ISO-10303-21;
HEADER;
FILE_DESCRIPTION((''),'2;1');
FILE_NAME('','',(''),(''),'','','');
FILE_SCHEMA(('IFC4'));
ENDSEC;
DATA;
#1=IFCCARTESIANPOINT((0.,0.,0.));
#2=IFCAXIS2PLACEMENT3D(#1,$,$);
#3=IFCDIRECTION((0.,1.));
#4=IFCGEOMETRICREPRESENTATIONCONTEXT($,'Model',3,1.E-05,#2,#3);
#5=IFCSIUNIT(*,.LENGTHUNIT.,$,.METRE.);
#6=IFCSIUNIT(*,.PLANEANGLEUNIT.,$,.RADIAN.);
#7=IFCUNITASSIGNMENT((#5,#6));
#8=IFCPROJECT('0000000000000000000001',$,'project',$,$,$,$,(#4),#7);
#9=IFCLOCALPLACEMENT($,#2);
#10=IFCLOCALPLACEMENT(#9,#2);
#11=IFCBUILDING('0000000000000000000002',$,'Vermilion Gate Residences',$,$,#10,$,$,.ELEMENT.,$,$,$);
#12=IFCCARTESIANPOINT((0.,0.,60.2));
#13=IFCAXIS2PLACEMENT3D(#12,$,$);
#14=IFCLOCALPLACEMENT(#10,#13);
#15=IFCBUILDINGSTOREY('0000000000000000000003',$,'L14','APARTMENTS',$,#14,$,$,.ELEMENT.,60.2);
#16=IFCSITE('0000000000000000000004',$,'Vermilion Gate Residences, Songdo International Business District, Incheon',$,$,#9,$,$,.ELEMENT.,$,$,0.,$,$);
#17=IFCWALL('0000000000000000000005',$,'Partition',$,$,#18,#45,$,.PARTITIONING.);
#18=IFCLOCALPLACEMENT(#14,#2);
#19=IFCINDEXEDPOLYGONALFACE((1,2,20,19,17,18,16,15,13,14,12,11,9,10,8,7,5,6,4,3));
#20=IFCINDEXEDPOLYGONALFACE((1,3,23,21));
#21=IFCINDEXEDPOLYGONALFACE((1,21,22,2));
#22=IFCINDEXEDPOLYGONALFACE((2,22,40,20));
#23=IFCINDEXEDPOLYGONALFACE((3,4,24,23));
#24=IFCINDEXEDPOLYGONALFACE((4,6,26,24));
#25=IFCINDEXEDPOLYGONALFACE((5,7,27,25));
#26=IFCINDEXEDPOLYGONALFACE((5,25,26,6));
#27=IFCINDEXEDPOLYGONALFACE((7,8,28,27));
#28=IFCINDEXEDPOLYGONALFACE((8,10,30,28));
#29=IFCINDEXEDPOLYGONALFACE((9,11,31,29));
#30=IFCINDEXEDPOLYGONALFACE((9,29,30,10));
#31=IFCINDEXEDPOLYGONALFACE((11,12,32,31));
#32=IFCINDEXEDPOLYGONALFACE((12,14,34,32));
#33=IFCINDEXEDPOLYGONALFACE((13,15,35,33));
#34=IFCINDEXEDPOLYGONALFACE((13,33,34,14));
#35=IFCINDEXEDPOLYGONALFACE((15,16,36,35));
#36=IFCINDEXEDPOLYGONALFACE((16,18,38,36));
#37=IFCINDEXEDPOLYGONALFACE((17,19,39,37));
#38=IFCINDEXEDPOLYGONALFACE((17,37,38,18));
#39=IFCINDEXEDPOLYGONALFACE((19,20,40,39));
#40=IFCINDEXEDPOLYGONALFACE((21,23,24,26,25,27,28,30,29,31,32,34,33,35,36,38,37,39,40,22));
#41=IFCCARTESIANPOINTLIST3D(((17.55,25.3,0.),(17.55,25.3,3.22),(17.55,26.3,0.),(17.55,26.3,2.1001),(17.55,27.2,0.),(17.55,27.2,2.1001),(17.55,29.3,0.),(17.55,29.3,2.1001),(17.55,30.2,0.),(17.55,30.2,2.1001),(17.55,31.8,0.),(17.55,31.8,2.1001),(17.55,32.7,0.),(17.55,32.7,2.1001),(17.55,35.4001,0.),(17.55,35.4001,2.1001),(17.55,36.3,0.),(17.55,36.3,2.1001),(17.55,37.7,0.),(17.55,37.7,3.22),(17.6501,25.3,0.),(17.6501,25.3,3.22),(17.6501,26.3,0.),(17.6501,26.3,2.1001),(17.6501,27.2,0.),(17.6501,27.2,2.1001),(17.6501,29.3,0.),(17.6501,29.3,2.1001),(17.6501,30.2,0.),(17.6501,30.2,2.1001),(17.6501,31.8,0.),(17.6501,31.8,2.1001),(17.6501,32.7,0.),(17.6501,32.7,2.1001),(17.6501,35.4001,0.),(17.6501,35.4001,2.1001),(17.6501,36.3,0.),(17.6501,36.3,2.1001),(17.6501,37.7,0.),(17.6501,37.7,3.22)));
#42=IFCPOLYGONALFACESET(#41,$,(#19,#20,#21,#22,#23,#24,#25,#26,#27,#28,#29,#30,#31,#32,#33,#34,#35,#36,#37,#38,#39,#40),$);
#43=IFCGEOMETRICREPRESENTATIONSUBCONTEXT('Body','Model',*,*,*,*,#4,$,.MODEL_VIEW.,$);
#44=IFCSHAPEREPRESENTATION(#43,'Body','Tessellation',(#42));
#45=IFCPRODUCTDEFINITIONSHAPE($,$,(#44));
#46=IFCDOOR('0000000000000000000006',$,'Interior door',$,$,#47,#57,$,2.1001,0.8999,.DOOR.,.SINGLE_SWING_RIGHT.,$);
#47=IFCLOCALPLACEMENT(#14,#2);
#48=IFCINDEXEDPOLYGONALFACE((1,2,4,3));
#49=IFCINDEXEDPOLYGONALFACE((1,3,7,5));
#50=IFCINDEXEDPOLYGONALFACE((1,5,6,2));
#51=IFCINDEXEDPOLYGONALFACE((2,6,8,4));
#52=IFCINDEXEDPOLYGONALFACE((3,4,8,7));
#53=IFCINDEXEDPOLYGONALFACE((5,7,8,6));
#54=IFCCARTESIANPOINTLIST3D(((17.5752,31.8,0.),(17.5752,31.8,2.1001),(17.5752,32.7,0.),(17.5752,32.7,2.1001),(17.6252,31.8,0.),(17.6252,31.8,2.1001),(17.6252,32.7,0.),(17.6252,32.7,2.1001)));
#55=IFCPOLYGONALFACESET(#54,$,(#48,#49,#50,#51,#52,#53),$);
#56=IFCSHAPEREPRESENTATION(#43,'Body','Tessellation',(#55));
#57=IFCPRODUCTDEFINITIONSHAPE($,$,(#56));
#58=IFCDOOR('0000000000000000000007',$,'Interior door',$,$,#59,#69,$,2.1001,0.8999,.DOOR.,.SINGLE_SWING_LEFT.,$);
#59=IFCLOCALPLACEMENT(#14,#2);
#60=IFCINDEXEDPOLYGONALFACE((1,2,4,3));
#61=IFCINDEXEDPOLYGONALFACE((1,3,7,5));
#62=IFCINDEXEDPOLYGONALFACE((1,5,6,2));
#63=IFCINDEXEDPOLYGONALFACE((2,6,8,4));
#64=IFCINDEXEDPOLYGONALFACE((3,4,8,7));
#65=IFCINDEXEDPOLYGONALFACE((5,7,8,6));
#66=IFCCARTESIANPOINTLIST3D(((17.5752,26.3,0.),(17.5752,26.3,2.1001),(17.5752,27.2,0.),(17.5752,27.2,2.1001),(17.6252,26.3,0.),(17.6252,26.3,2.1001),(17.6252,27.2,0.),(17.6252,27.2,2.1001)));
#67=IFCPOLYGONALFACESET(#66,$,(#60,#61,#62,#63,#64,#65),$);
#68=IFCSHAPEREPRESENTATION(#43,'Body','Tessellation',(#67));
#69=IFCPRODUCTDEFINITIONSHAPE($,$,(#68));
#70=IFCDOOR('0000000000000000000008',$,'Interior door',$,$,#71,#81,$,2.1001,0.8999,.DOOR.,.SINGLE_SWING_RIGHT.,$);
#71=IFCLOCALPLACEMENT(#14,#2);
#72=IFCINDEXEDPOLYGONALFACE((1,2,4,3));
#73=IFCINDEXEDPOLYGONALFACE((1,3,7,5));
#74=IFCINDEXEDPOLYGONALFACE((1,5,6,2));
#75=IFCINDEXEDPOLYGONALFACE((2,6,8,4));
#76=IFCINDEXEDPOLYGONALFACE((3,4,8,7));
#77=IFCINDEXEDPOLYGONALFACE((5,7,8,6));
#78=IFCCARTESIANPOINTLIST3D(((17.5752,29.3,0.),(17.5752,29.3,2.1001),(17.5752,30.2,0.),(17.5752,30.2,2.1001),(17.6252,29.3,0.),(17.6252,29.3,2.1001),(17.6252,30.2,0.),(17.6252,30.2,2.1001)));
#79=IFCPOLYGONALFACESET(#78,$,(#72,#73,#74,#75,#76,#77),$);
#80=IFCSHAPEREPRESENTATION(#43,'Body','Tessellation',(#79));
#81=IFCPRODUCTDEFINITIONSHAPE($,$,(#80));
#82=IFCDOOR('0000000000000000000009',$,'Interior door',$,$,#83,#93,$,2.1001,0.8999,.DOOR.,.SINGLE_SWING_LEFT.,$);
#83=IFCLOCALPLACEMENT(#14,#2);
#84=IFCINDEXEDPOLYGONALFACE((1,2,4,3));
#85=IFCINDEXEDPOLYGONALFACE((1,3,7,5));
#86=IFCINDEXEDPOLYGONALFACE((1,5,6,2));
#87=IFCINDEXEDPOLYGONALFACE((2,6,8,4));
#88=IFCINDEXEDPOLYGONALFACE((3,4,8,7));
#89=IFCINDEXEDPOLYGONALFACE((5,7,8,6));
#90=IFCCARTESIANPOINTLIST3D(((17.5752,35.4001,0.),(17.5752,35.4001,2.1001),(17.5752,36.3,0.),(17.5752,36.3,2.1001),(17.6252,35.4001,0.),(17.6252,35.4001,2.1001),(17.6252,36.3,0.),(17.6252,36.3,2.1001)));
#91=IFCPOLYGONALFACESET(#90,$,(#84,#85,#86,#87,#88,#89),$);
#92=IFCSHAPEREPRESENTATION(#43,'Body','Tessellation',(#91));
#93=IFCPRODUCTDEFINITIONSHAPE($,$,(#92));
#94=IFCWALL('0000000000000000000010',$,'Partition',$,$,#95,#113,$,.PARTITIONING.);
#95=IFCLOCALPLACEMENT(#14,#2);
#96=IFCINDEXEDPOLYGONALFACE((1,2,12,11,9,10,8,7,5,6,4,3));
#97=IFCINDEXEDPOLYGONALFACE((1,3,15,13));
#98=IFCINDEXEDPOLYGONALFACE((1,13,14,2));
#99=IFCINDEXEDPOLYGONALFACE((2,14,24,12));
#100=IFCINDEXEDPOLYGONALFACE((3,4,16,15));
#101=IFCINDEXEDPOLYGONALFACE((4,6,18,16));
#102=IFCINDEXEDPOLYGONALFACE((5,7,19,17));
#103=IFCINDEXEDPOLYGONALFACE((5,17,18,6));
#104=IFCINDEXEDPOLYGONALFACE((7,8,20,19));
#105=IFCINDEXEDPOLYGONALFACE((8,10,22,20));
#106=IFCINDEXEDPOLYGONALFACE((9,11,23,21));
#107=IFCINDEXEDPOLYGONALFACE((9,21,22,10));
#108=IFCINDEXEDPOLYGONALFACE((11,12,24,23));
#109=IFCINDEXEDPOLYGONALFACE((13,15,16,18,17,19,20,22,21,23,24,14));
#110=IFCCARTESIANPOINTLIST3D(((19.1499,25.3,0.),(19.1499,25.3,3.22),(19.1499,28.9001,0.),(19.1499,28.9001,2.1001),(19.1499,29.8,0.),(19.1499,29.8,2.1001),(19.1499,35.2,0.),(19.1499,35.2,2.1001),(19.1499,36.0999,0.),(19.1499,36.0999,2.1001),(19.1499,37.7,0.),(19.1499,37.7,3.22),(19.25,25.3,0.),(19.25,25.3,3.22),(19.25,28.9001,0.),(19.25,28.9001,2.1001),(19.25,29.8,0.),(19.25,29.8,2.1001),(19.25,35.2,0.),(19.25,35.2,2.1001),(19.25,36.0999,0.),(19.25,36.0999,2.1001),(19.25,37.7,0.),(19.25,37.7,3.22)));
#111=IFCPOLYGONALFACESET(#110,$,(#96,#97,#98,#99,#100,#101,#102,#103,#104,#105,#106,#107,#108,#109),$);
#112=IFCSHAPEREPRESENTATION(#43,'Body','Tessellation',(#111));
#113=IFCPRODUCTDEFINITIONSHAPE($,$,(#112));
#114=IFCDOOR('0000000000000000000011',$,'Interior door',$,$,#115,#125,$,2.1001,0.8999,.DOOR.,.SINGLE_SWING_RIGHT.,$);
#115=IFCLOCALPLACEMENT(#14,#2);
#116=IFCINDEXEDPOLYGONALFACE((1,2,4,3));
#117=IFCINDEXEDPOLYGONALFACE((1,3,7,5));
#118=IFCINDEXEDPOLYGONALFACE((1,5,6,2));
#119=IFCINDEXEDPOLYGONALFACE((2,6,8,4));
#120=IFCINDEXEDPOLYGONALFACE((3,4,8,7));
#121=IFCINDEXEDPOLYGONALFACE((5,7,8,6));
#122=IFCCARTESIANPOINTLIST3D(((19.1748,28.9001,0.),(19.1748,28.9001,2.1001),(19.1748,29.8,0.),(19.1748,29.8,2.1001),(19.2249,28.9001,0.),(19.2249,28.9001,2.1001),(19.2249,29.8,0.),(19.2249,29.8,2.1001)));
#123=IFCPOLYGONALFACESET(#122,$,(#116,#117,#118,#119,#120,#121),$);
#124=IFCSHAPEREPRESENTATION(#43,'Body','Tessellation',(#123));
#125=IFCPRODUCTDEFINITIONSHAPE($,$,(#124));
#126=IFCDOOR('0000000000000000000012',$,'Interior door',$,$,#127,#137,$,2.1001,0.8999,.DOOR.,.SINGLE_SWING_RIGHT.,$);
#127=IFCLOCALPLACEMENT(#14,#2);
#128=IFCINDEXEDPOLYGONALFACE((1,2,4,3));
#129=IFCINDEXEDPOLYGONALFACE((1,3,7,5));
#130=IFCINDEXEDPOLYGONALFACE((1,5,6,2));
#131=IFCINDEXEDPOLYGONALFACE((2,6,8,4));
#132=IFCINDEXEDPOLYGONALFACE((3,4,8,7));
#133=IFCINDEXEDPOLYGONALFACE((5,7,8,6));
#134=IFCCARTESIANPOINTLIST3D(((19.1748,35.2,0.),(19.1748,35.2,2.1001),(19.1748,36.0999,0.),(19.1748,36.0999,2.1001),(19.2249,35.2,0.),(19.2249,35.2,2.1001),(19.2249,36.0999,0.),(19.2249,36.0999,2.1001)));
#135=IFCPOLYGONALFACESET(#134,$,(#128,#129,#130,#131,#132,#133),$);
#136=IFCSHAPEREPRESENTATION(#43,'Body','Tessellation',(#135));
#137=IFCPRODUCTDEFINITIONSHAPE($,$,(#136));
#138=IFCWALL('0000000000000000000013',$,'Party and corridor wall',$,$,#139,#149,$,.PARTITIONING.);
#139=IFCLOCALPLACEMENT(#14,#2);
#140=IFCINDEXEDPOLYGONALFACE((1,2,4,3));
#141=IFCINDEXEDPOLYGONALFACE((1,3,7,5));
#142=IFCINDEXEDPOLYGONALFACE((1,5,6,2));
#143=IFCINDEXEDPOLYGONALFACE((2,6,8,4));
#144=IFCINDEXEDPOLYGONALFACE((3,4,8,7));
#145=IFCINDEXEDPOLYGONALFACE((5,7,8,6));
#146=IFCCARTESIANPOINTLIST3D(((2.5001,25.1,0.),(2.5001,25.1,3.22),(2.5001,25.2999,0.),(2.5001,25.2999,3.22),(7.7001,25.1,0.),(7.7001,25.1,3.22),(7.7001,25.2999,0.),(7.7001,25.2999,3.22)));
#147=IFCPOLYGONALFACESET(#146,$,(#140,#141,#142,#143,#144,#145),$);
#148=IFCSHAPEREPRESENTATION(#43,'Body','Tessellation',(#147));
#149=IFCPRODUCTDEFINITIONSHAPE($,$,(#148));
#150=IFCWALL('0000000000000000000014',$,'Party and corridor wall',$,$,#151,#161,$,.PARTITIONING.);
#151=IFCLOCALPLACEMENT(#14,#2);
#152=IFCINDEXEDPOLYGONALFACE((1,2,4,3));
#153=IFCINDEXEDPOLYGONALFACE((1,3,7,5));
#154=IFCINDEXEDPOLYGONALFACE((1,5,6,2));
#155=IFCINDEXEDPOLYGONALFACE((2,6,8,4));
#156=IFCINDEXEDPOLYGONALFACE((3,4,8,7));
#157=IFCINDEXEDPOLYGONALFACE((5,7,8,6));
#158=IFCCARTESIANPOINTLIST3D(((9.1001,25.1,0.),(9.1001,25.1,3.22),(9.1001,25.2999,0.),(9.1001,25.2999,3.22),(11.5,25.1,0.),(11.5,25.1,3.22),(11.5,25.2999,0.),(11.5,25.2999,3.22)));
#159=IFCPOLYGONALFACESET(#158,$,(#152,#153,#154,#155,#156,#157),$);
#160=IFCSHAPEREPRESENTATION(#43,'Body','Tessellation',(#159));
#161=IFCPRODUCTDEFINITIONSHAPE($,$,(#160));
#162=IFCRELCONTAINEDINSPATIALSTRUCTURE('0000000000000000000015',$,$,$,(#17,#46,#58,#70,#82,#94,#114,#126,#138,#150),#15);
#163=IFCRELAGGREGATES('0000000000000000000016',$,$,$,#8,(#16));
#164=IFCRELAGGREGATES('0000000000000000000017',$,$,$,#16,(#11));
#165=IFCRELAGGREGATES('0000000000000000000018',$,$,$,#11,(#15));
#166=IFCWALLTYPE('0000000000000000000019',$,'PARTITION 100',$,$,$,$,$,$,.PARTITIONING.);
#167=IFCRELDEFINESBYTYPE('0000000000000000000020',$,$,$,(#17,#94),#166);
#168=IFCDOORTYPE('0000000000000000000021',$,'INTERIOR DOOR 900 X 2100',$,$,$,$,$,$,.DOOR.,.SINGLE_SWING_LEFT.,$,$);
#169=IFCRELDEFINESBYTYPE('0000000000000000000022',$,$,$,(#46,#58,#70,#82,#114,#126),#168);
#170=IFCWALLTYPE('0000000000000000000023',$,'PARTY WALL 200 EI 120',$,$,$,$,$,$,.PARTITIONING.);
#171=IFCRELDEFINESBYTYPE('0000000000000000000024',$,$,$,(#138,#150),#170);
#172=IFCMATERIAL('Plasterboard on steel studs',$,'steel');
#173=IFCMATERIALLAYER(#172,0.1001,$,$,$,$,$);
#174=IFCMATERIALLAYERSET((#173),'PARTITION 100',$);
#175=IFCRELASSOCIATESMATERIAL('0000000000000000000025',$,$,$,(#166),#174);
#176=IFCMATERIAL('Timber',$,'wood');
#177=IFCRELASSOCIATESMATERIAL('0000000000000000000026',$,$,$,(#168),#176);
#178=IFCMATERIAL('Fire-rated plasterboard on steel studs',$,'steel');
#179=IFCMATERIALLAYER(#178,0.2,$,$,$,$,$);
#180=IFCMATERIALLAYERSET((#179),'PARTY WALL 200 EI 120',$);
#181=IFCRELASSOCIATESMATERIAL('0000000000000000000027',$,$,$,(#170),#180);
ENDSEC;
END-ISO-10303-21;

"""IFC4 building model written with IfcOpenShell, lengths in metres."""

from ifc_helpers import new_model, si_unit, direction, frame, frame_2d, origin, place, context, subcontext, project, spatial, rectangle, extrude, material, layer, layer_set, type_object, element, fill, save


model = new_model("IFC4")

# Units and contexts
model_context = context("Model", 3, precision=1e-05, world=origin(), true_north=direction((0.0, 1.0)))
body_context = subcontext(model_context, "Body", "Model", "MODEL_VIEW")
ifc_project = project(units=[si_unit("LENGTHUNIT", "METRE"), si_unit("PLANEANGLEUNIT", "RADIAN")], contexts=[model_context])

# Site, building, storey
site_placement = place(None, origin())
site = spatial("IfcSite", under=ifc_project, at=site_placement, Name="Vermilion Gate Residences, Songdo International Business District, Incheon", CompositionType="ELEMENT", RefElevation=0.0)
building_placement = place(site_placement, origin())
building = spatial("IfcBuilding", under=site, at=building_placement, Name="Vermilion Gate Residences", CompositionType="ELEMENT")
storey_placement = place(building_placement, frame((0.0, 0.0, 60.2)))
storey = spatial("IfcBuildingStorey", under=building, at=storey_placement, Name="L14", Description="APARTMENTS", CompositionType="ELEMENT", Elevation=60.2)

# Shared definitions
ifc_material_1 = material(Name="Plasterboard on steel studs", Category="steel")
ifc_layer_1 = layer(ifc_material_1, 0.1001)
ifc_layer_set_1 = layer_set([ifc_layer_1], Name="PARTITION 100")
wall_type_1 = type_object("IfcWallType", Name="PARTITION 100", PredefinedType="PARTITIONING", material=ifc_layer_set_1)

# Walls, openings, doors
wall_1_placement = place(storey_placement, frame((17.6001, 25.3, 0.0), z_axis=(0.0, 0.0, 1.0), x_axis=(0.0, 1.0, 0.0)))
wall_1 = element("IfcWall", 1, at=wall_1_placement, inside=storey, type_object=wall_type_1, Name="Partition", PredefinedType="PARTITIONING", context=body_context, shape_type="SweptSolid", body=[
    extrude(rectangle(XDim=12.3999, YDim=0.1001, at=frame_2d((6.2, 0.0))), origin(), (0.0, 0.0, 1.0), 3.22),
])
opening_1_placement = place(wall_1_placement, frame((6.5, 0.0, 0.0)))
opening_1 = element("IfcOpeningElement", 2, at=opening_1_placement, cuts=wall_1, PredefinedType="OPENING", context=body_context, shape_type="SweptSolid", body=[
    extrude(rectangle(XDim=0.8999, YDim=2.1001, at=frame_2d((0.45, 1.05))), frame((0.0, 0.0601, 0.0), z_axis=(0.0, -1.0, 0.0), x_axis=(1.0, 0.0, 0.0)), (0.0, 0.0, 1.0), 0.1201),
])
opening_2_placement = place(wall_1_placement, frame((1.0, 0.0, 0.0)))
opening_2 = element("IfcOpeningElement", 3, at=opening_2_placement, cuts=wall_1, PredefinedType="OPENING", context=body_context, shape_type="SweptSolid", body=[
    extrude(rectangle(XDim=0.8999, YDim=2.1001, at=frame_2d((0.45, 1.05))), frame((0.0, 0.0601, 0.0), z_axis=(0.0, -1.0, 0.0), x_axis=(1.0, 0.0, 0.0)), (0.0, 0.0, 1.0), 0.1201),
])
opening_3_placement = place(wall_1_placement, frame((4.0, 0.0, 0.0)))
opening_3 = element("IfcOpeningElement", 4, at=opening_3_placement, cuts=wall_1, PredefinedType="OPENING", context=body_context, shape_type="SweptSolid", body=[
    extrude(rectangle(XDim=0.8999, YDim=2.1001, at=frame_2d((0.45, 1.05))), frame((0.0, 0.0601, 0.0), z_axis=(0.0, -1.0, 0.0), x_axis=(1.0, 0.0, 0.0)), (0.0, 0.0, 1.0), 0.1201),
])
opening_4_placement = place(wall_1_placement, frame((10.1001, 0.0, 0.0)))
opening_4 = element("IfcOpeningElement", 5, at=opening_4_placement, cuts=wall_1, PredefinedType="OPENING", context=body_context, shape_type="SweptSolid", body=[
    extrude(rectangle(XDim=0.8999, YDim=2.1001, at=frame_2d((0.45, 1.05))), frame((0.0, 0.0601, 0.0), z_axis=(0.0, -1.0, 0.0), x_axis=(1.0, 0.0, 0.0)), (0.0, 0.0, 1.0), 0.1201),
])
ifc_material_2 = material(Name="Timber", Category="wood")
door_type = type_object("IfcDoorType", Name="INTERIOR DOOR 900 X 2100", OperationType="SINGLE_SWING_LEFT", PredefinedType="DOOR", material=ifc_material_2)
door_1_placement = place(opening_1_placement, origin())
door_1 = element("IfcDoor", 6, at=door_1_placement, inside=storey, type_object=door_type, Name="Interior door", OperationType="SINGLE_SWING_RIGHT", OverallHeight=2.1001, OverallWidth=0.8999, PredefinedType="DOOR", context=body_context, shape_type="SweptSolid", body=[
    extrude(rectangle(XDim=0.8999, YDim=2.1001, at=frame_2d((0.45, 1.05))), frame((0.0, 0.0249, 0.0), z_axis=(0.0, -1.0, 0.0), x_axis=(1.0, 0.0, 0.0)), (0.0, 0.0, 1.0), 0.05),
])
fill(opening_1, door_1)
door_2_placement = place(opening_2_placement, origin())
door_2 = element("IfcDoor", 7, at=door_2_placement, inside=storey, type_object=door_type, Name="Interior door", OperationType="SINGLE_SWING_LEFT", OverallHeight=2.1001, OverallWidth=0.8999, PredefinedType="DOOR", context=body_context, shape_type="SweptSolid", body=[
    extrude(rectangle(XDim=0.8999, YDim=2.1001, at=frame_2d((0.45, 1.05))), frame((0.0, 0.0249, 0.0), z_axis=(0.0, -1.0, 0.0), x_axis=(1.0, 0.0, 0.0)), (0.0, 0.0, 1.0), 0.05),
])
fill(opening_2, door_2)
door_3_placement = place(opening_3_placement, origin())
door_3 = element("IfcDoor", 8, at=door_3_placement, inside=storey, type_object=door_type, Name="Interior door", OperationType="SINGLE_SWING_RIGHT", OverallHeight=2.1001, OverallWidth=0.8999, PredefinedType="DOOR", context=body_context, shape_type="SweptSolid", body=[
    extrude(rectangle(XDim=0.8999, YDim=2.1001, at=frame_2d((0.45, 1.05))), frame((0.0, 0.0249, 0.0), z_axis=(0.0, -1.0, 0.0), x_axis=(1.0, 0.0, 0.0)), (0.0, 0.0, 1.0), 0.05),
])
fill(opening_3, door_3)
door_4_placement = place(opening_4_placement, origin())
door_4 = element("IfcDoor", 9, at=door_4_placement, inside=storey, type_object=door_type, Name="Interior door", OperationType="SINGLE_SWING_LEFT", OverallHeight=2.1001, OverallWidth=0.8999, PredefinedType="DOOR", context=body_context, shape_type="SweptSolid", body=[
    extrude(rectangle(XDim=0.8999, YDim=2.1001, at=frame_2d((0.45, 1.05))), frame((0.0, 0.0249, 0.0), z_axis=(0.0, -1.0, 0.0), x_axis=(1.0, 0.0, 0.0)), (0.0, 0.0, 1.0), 0.05),
])
fill(opening_4, door_4)
wall_2_placement = place(storey_placement, frame((19.2, 25.3, 0.0), z_axis=(0.0, 0.0, 1.0), x_axis=(0.0, 1.0, 0.0)))
wall_2 = element("IfcWall", 10, at=wall_2_placement, inside=storey, type_object=wall_type_1, Name="Partition", PredefinedType="PARTITIONING", context=body_context, shape_type="SweptSolid", body=[
    extrude(rectangle(XDim=12.3999, YDim=0.1001, at=frame_2d((6.2, 0.0))), origin(), (0.0, 0.0, 1.0), 3.22),
])
opening_5_placement = place(wall_2_placement, frame((3.6001, 0.0, 0.0)))
opening_5 = element("IfcOpeningElement", 11, at=opening_5_placement, cuts=wall_2, PredefinedType="OPENING", context=body_context, shape_type="SweptSolid", body=[
    extrude(rectangle(XDim=0.8999, YDim=2.1001, at=frame_2d((0.45, 1.05))), frame((0.0, 0.0601, 0.0), z_axis=(0.0, -1.0, 0.0), x_axis=(1.0, 0.0, 0.0)), (0.0, 0.0, 1.0), 0.1201),
])
opening_6_placement = place(wall_2_placement, frame((9.8999, 0.0, 0.0)))
opening_6 = element("IfcOpeningElement", 12, at=opening_6_placement, cuts=wall_2, PredefinedType="OPENING", context=body_context, shape_type="SweptSolid", body=[
    extrude(rectangle(XDim=0.8999, YDim=2.1001, at=frame_2d((0.45, 1.05))), frame((0.0, 0.0601, 0.0), z_axis=(0.0, -1.0, 0.0), x_axis=(1.0, 0.0, 0.0)), (0.0, 0.0, 1.0), 0.1201),
])
door_5_placement = place(opening_5_placement, frame((0.8999, 0.0, 0.0), z_axis=(0.0, 0.0, 1.0), x_axis=(-1.0, 0.0, 0.0)))
door_5 = element("IfcDoor", 13, at=door_5_placement, inside=storey, type_object=door_type, Name="Interior door", OperationType="SINGLE_SWING_RIGHT", OverallHeight=2.1001, OverallWidth=0.8999, PredefinedType="DOOR", context=body_context, shape_type="SweptSolid", body=[
    extrude(rectangle(XDim=0.8999, YDim=2.1001, at=frame_2d((0.45, 1.05))), frame((0.0, 0.0249, 0.0), z_axis=(0.0, -1.0, 0.0), x_axis=(1.0, 0.0, 0.0)), (0.0, 0.0, 1.0), 0.05),
])
fill(opening_5, door_5)
door_6_placement = place(opening_6_placement, frame((0.8999, 0.0, 0.0), z_axis=(0.0, 0.0, 1.0), x_axis=(-1.0, 0.0, 0.0)))
door_6 = element("IfcDoor", 14, at=door_6_placement, inside=storey, type_object=door_type, Name="Interior door", OperationType="SINGLE_SWING_RIGHT", OverallHeight=2.1001, OverallWidth=0.8999, PredefinedType="DOOR", context=body_context, shape_type="SweptSolid", body=[
    extrude(rectangle(XDim=0.8999, YDim=2.1001, at=frame_2d((0.45, 1.05))), frame((0.0, 0.0249, 0.0), z_axis=(0.0, -1.0, 0.0), x_axis=(1.0, 0.0, 0.0)), (0.0, 0.0, 1.0), 0.05),
])
fill(opening_6, door_6)

# Walls
ifc_material_3 = material(Name="Fire-rated plasterboard on steel studs", Category="steel")
ifc_layer_2 = layer(ifc_material_3, 0.2)
ifc_layer_set_2 = layer_set([ifc_layer_2], Name="PARTY WALL 200 EI 120")
wall_type_2 = type_object("IfcWallType", Name="PARTY WALL 200 EI 120", PredefinedType="PARTITIONING", material=ifc_layer_set_2)
wall_3_placement = place(storey_placement, frame((2.5, 25.2, 0.0), z_axis=(0.0, 0.0, 1.0), x_axis=(1.0, 0.0, 0.0)))
element("IfcWall", 15, at=wall_3_placement, inside=storey, type_object=wall_type_2, Name="Party and corridor wall", PredefinedType="PARTITIONING", context=body_context, shape_type="SweptSolid", body=[
    extrude(rectangle(XDim=5.2, YDim=0.2, at=frame_2d((2.6001, 0.0))), origin(), (0.0, 0.0, 1.0), 3.22),
])
wall_4_placement = place(storey_placement, frame((9.1001, 25.2, 0.0), z_axis=(0.0, 0.0, 1.0), x_axis=(1.0, 0.0, 0.0)))
element("IfcWall", 16, at=wall_4_placement, inside=storey, type_object=wall_type_2, Name="Party and corridor wall", PredefinedType="PARTITIONING", context=body_context, shape_type="SweptSolid", body=[
    extrude(rectangle(XDim=2.3999, YDim=0.2, at=frame_2d((1.2, 0.0))), origin(), (0.0, 0.0, 1.0), 3.22),
])

save(model, "model.ifc")
